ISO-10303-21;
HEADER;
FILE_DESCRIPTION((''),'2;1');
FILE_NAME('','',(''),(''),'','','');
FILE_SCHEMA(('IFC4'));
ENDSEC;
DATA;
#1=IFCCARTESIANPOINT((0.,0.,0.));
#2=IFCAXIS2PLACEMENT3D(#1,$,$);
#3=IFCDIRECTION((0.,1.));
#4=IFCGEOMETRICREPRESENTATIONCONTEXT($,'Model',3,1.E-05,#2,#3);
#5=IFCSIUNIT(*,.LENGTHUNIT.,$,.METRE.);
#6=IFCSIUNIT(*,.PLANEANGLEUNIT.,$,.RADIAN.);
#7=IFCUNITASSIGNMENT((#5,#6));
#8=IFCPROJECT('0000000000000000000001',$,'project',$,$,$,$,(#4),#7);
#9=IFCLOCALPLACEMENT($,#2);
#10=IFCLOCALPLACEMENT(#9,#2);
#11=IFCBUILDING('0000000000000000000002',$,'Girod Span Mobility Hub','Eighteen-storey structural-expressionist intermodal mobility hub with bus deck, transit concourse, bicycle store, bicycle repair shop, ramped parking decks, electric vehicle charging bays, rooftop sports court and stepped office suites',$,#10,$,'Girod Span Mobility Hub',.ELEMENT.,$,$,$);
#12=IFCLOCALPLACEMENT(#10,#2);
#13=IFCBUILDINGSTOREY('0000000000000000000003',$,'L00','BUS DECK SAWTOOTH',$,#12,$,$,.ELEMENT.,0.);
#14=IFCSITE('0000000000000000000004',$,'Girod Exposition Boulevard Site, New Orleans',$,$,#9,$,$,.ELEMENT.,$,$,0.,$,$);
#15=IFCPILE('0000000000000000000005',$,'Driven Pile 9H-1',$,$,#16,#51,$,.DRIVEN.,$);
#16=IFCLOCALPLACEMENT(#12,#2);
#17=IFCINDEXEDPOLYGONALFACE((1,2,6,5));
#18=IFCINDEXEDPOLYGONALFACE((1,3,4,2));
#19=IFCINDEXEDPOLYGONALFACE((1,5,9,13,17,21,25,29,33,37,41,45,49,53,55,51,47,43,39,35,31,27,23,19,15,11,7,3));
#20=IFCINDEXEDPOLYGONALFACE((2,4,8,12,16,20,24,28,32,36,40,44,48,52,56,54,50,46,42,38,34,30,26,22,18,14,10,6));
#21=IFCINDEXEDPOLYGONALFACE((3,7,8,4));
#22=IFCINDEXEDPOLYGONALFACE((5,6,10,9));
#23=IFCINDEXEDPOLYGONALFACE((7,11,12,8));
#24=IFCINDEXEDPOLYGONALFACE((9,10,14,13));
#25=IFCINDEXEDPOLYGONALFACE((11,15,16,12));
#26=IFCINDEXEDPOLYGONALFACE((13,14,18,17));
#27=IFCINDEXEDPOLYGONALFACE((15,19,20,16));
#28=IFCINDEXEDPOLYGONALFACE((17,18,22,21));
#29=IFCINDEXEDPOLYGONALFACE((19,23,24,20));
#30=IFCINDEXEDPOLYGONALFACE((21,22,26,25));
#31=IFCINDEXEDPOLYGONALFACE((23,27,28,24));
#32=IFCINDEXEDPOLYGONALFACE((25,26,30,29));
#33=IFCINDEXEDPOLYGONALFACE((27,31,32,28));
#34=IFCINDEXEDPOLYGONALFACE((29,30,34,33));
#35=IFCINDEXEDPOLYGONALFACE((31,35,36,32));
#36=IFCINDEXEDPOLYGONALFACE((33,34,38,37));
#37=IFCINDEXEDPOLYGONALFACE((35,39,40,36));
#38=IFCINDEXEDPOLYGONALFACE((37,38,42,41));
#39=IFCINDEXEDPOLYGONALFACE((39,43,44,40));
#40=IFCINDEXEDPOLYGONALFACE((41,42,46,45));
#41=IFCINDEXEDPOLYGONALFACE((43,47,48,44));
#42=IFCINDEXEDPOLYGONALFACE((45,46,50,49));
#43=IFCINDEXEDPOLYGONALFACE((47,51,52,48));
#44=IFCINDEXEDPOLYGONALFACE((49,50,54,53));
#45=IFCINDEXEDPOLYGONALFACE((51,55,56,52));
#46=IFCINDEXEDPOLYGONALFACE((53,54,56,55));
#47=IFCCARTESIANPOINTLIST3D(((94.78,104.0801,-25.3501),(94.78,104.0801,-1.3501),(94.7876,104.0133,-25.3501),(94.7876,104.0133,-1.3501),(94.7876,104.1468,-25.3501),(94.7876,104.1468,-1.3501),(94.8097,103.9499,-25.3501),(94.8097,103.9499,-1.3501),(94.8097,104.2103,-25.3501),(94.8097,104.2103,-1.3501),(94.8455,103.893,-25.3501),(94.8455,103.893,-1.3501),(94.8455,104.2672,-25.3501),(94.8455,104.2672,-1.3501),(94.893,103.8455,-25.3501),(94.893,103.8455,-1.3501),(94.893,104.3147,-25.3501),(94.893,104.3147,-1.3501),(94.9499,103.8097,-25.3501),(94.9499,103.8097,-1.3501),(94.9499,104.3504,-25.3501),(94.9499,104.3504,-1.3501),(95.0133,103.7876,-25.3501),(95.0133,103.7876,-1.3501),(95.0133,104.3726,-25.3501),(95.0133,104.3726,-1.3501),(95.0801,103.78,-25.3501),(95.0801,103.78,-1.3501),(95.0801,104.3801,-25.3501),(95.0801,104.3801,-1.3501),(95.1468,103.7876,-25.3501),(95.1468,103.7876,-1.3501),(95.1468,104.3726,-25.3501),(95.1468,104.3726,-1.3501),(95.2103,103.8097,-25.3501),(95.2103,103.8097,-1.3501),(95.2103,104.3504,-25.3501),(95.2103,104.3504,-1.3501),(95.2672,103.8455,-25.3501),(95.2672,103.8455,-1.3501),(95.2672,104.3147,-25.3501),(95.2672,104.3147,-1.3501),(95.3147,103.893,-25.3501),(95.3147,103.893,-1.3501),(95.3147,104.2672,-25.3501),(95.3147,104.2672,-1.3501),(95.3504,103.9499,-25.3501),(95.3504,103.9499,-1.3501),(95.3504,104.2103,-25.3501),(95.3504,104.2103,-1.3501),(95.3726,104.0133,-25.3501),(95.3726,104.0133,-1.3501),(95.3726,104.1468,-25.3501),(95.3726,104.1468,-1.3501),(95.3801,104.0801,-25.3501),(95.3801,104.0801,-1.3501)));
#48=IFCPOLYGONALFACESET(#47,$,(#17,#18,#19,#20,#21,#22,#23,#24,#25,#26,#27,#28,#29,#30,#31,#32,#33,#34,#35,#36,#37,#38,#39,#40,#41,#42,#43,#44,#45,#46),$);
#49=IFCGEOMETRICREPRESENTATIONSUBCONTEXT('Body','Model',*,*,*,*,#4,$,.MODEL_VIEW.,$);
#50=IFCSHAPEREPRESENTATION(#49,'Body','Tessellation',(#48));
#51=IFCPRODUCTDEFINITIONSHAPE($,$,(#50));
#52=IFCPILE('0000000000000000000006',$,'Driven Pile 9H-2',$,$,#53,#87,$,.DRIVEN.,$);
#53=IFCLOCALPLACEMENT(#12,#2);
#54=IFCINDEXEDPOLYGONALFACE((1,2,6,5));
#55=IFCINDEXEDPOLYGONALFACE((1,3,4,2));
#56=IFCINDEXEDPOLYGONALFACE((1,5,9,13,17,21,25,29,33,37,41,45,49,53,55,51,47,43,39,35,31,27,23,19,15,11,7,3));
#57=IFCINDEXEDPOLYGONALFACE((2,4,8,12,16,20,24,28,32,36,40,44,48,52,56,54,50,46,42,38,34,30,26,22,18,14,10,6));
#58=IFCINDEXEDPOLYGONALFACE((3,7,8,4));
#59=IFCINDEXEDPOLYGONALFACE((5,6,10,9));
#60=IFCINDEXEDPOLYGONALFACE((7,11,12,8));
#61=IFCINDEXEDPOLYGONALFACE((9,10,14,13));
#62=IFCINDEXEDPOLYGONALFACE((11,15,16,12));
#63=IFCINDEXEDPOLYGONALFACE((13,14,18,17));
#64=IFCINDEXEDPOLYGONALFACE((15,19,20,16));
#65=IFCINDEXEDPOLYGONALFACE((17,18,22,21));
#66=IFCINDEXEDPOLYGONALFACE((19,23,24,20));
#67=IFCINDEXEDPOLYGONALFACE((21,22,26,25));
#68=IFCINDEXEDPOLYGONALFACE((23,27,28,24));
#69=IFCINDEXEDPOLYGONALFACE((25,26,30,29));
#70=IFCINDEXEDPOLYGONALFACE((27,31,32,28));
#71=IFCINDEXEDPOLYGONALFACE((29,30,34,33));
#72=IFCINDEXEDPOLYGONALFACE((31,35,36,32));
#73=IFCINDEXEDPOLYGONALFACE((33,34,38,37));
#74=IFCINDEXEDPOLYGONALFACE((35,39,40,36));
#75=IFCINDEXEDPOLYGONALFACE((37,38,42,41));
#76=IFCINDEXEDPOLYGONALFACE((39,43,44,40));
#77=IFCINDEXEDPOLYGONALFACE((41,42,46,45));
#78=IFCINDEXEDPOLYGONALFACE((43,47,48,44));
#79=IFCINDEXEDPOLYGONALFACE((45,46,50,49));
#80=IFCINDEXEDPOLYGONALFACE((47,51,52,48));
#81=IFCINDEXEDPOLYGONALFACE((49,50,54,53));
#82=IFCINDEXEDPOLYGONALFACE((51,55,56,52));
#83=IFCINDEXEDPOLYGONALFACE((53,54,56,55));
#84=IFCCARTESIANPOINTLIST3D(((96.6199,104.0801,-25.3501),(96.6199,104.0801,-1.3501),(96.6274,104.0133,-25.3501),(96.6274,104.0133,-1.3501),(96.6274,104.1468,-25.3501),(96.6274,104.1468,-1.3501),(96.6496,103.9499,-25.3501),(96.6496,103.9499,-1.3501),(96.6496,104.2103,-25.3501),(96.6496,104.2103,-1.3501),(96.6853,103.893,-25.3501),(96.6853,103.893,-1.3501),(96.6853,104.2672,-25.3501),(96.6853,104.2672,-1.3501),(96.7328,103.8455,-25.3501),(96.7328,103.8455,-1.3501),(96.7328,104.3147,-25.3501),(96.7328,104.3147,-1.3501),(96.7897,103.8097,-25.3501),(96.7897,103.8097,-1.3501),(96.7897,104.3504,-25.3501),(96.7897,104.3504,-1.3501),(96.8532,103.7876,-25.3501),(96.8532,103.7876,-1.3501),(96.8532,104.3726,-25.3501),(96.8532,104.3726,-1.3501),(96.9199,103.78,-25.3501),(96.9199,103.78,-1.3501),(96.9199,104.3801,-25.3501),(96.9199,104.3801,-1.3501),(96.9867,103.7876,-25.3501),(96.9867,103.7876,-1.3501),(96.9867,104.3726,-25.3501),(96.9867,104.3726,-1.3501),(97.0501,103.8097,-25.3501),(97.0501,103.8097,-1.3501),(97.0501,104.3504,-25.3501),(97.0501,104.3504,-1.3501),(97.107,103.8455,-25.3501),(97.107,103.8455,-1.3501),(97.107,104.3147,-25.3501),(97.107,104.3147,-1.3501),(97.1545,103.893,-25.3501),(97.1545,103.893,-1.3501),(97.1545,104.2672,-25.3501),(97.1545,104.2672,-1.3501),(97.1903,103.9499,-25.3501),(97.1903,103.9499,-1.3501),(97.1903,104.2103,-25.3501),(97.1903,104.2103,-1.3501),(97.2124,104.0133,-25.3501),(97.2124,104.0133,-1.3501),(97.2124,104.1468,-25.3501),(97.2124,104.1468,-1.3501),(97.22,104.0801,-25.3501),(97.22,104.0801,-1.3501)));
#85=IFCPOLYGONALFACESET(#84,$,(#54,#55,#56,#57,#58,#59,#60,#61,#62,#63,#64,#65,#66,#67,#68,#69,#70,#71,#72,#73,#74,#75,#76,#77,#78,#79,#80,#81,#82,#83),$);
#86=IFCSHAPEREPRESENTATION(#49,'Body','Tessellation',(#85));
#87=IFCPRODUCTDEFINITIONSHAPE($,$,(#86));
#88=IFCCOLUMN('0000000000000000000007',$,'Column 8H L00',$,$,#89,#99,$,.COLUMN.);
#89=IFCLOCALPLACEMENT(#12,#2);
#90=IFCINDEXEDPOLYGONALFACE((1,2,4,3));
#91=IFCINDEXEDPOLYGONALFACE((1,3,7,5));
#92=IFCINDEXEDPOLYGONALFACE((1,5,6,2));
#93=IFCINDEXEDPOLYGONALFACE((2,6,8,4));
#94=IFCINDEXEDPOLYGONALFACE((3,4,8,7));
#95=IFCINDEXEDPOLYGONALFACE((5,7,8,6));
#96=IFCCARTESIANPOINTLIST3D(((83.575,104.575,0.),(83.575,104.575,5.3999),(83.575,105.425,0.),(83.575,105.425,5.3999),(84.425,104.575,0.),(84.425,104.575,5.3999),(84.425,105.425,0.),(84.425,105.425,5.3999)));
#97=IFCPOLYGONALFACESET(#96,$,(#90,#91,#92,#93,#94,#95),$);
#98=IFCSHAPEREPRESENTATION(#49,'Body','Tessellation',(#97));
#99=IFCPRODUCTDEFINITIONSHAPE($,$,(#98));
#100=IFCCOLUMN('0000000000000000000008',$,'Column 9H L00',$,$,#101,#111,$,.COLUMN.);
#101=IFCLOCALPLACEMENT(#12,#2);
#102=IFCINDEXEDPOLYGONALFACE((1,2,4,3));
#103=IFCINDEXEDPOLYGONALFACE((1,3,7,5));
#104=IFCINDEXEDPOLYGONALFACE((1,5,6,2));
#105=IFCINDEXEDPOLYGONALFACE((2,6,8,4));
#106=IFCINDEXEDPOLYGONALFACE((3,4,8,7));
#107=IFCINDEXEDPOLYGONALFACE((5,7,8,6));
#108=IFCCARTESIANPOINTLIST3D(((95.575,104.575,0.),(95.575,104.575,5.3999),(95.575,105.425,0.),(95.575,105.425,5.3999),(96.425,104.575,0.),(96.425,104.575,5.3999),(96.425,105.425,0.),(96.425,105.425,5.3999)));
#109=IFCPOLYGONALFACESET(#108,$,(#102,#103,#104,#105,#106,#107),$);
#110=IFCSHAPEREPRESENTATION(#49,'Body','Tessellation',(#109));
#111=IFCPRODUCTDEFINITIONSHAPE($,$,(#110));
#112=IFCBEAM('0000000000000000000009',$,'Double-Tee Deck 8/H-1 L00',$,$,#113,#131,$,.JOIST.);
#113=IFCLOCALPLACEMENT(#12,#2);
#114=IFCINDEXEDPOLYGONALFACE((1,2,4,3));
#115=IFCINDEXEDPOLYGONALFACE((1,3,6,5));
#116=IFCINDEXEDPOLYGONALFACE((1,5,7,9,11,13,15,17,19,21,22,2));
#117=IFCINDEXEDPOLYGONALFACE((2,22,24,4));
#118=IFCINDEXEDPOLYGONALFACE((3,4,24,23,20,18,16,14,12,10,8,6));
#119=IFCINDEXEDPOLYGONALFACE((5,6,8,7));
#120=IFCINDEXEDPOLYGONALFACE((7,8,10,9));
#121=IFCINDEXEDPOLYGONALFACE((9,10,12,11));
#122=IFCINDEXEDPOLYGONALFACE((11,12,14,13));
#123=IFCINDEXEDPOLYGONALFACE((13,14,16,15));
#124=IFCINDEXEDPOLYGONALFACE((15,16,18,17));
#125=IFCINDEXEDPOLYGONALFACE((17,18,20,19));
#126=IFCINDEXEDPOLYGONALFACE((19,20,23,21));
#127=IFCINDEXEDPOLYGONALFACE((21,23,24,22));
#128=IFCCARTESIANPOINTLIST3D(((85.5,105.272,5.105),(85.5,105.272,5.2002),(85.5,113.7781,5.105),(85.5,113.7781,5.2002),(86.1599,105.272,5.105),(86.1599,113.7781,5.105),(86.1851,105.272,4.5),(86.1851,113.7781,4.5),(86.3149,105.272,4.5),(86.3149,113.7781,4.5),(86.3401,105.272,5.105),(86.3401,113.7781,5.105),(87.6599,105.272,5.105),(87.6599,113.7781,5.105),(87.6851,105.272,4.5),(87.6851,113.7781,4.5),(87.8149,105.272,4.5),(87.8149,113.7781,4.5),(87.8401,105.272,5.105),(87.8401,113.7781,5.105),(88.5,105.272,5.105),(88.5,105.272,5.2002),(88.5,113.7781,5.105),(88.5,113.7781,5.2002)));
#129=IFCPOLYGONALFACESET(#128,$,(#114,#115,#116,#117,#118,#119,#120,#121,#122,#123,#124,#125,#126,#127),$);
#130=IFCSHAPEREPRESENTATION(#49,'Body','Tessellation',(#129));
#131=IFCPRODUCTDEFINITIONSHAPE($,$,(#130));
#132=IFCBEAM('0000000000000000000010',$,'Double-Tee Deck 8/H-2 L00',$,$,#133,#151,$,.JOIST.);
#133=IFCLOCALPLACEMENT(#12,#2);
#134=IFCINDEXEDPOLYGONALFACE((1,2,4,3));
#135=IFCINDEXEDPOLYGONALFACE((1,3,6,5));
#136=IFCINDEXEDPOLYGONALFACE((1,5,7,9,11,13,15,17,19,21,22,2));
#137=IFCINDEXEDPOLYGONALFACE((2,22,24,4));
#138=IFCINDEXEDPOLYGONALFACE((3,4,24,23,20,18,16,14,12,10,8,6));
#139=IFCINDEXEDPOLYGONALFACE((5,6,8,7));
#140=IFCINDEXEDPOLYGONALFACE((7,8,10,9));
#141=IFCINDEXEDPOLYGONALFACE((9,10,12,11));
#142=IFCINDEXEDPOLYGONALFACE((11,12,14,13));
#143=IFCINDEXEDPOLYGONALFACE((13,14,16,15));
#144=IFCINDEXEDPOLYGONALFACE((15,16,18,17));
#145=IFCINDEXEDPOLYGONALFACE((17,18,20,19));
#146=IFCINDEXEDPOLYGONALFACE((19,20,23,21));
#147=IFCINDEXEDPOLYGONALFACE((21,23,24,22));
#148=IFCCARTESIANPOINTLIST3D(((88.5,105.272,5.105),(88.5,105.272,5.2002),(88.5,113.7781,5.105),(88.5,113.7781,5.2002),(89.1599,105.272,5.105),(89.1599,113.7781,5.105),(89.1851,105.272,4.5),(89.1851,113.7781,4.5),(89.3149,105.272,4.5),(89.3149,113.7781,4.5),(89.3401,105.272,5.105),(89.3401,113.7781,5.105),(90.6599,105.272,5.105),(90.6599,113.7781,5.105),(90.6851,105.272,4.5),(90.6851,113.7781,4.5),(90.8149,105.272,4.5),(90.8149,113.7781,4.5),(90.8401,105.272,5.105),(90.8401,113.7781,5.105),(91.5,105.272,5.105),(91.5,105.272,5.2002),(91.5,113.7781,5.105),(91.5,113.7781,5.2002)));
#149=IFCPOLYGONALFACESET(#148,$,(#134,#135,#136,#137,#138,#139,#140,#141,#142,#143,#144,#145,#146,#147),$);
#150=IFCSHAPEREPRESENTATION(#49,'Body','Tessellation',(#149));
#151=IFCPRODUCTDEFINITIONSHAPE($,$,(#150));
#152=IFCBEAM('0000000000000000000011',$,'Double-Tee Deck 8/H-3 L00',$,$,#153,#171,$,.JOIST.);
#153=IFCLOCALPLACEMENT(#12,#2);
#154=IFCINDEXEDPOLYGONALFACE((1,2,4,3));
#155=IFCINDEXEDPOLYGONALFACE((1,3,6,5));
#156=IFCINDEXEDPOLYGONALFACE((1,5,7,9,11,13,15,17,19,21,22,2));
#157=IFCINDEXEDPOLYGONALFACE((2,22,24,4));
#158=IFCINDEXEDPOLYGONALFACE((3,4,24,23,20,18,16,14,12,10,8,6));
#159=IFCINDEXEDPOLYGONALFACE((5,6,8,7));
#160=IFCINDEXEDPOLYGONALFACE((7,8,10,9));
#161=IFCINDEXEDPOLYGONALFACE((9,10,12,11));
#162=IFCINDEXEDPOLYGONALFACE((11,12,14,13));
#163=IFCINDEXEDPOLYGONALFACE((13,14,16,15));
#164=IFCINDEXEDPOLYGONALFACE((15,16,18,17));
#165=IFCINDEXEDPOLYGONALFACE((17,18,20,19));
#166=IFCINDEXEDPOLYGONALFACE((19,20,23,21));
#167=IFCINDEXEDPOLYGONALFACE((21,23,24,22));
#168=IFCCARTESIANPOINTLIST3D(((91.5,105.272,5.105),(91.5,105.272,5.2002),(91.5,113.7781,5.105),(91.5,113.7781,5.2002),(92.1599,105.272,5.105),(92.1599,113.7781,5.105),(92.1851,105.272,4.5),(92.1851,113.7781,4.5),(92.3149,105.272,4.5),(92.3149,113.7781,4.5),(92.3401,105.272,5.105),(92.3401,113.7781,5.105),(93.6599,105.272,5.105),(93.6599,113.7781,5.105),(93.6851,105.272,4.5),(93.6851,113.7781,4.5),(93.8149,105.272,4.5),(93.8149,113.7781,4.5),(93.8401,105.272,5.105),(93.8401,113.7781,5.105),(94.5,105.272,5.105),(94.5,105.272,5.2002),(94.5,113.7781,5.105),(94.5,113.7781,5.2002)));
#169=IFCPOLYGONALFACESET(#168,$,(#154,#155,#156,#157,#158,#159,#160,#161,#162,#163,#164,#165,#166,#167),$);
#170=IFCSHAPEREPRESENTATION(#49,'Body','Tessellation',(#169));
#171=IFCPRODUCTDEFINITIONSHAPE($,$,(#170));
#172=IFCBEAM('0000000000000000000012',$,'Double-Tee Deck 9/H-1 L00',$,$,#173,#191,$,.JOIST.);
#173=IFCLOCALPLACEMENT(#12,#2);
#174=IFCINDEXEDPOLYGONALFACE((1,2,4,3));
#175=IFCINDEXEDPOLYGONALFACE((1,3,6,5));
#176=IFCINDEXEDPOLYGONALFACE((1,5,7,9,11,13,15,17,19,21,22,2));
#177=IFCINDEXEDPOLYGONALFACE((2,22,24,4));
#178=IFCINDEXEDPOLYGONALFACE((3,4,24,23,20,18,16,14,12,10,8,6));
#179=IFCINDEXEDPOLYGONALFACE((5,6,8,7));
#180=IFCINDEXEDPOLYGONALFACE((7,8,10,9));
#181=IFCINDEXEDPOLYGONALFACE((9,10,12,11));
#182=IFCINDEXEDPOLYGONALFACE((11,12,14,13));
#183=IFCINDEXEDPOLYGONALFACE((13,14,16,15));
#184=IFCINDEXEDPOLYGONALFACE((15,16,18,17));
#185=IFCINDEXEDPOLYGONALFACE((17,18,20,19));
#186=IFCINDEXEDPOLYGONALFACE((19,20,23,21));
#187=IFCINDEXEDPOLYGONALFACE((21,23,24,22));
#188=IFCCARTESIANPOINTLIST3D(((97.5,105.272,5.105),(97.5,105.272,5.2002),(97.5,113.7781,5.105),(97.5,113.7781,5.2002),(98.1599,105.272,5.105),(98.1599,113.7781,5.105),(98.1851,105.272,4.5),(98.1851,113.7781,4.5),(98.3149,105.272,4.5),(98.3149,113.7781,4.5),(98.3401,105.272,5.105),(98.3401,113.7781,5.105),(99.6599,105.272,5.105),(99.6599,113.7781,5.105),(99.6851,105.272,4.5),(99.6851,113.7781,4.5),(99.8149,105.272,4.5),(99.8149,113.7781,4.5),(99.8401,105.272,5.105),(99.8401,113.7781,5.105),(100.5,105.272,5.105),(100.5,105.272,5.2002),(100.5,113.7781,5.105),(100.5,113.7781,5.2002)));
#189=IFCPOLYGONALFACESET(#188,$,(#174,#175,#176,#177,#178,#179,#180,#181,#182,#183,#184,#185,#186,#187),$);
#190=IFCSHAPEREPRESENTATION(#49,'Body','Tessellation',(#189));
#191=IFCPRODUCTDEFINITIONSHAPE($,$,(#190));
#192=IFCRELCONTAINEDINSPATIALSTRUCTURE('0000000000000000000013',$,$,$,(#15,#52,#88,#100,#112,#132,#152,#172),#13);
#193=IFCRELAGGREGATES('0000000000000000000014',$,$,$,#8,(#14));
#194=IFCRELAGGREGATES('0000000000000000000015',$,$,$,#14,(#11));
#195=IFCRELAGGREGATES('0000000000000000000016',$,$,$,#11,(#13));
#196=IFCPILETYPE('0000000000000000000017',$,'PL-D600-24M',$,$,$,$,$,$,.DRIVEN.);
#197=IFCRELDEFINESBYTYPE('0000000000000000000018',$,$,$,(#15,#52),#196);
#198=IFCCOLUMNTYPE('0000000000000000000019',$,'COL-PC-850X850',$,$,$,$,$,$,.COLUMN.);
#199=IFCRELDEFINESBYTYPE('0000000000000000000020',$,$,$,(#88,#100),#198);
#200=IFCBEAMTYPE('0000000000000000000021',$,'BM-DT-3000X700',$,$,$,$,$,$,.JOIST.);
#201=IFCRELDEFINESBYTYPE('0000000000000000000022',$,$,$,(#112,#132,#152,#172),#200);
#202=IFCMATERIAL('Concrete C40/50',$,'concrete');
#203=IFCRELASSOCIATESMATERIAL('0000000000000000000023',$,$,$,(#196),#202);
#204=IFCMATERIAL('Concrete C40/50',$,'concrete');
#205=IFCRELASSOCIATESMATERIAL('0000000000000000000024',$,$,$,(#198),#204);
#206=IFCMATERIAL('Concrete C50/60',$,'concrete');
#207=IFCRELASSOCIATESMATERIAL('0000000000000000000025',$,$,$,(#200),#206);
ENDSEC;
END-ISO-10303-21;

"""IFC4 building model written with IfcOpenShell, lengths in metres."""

from ifc_helpers import new_model, si_unit, direction, frame, origin, origin_2d, place, context, subcontext, project, spatial, polyline, rectangle, circle, outline, extrude, material, material_profile, profile_set, type_object, element, save


model = new_model("IFC4")

# Units and contexts
model_context = context("Model", 3, precision=1e-05, world=origin(), true_north=direction((0.0, 1.0)))
body_context = subcontext(model_context, "Body", "Model", "MODEL_VIEW")
ifc_project = project(units=[si_unit("LENGTHUNIT", "METRE"), si_unit("PLANEANGLEUNIT", "RADIAN")], contexts=[model_context])

# Site, building, storey
site_placement = place(None, origin())
site = spatial("IfcSite", under=ifc_project, at=site_placement, Name="Girod Exposition Boulevard Site, New Orleans", CompositionType="ELEMENT", RefElevation=0.0)
building_placement = place(site_placement, origin())
building = spatial("IfcBuilding", under=site, at=building_placement, Name="Girod Span Mobility Hub", Description="Eighteen-storey structural-expressionist intermodal mobility hub with bus deck, transit concourse, bicycle store, bicycle repair shop, ramped parking decks, electric vehicle charging bays, rooftop sports court and stepped office suites", LongName="Girod Span Mobility Hub", CompositionType="ELEMENT")
storey_placement = place(building_placement, origin())
storey = spatial("IfcBuildingStorey", under=building, at=storey_placement, Name="L00", Description="BUS DECK SAWTOOTH", CompositionType="ELEMENT", Elevation=0.0)

# Piles
ifc_material_1 = material(Name="Concrete C40/50", Category="concrete")
ifc_material_profile_1 = material_profile(ifc_material_1, circle(Radius=0.3, at=origin_2d()), Name="PILE-D600")
ifc_profile_set_1 = profile_set([ifc_material_profile_1], Name="Concrete C40/50")
pile_type = type_object("IfcPileType", Name="PL-D600-24M", PredefinedType="DRIVEN", material=ifc_profile_set_1)
for number, where, z_axis, x_axis, name in (
    (1, (95.0801, 104.0801, -1.3501), (0.0, 0.0, -1.0), (1.0, 0.0, 0.0), "Driven Pile 9H-1"),
    (2, (96.9199, 104.0801, -1.3501), (0.0, 0.0, -1.0), (1.0, 0.0, 0.0), "Driven Pile 9H-2"),
):
    element("IfcPile", number, at=place(storey_placement, frame(where, z_axis=z_axis, x_axis=x_axis)), inside=storey, type_object=pile_type, Name=name, PredefinedType="DRIVEN", context=body_context, shape_type="SweptSolid", body=[
        extrude(circle(Radius=0.3, at=origin_2d()), origin(), (0.0, 0.0, 1.0), 24.0),
    ])

# Columns
ifc_material_2 = material(Name="Concrete C40/50", Category="concrete")
ifc_material_profile_2 = material_profile(ifc_material_2, rectangle(XDim=0.8501, YDim=0.8501, at=origin_2d()), Name="PC-COL-850X850")
ifc_profile_set_2 = profile_set([ifc_material_profile_2], Name="Concrete C40/50")
column_type = type_object("IfcColumnType", Name="COL-PC-850X850", PredefinedType="COLUMN", material=ifc_profile_set_2)
for number, where, z_axis, x_axis, name in (
    (3, (84.0, 105.0, 0.0), (0.0, 0.0, 1.0), (1.0, 0.0, 0.0), "Column 8H L00"),
    (4, (96.0, 105.0, 0.0), (0.0, 0.0, 1.0), (1.0, 0.0, 0.0), "Column 9H L00"),
):
    element("IfcColumn", number, at=place(storey_placement, frame(where, z_axis=z_axis, x_axis=x_axis)), inside=storey, type_object=column_type, Name=name, PredefinedType="COLUMN", context=body_context, shape_type="SweptSolid", body=[
        extrude(rectangle(XDim=0.8501, YDim=0.8501, at=origin_2d()), origin(), (0.0, 0.0, 1.0), 5.3999),
    ])

# Beams
ifc_material_3 = material(Name="Concrete C50/60", Category="concrete")
ifc_material_profile_3 = material_profile(ifc_material_3, outline(polyline([(-1.5, 0.3501), (-1.5, 0.2549), (-0.8401, 0.2549), (-0.8149, -0.3501), (-0.6851, -0.3501), (-0.6599, 0.2549), (0.6599, 0.2549), (0.6851, -0.3501), (0.8149, -0.3501), (0.8401, 0.2549), (1.5, 0.2549), (1.5, 0.3501), (-1.5, 0.3501)])), Name="DT-3000X700")
ifc_profile_set_3 = profile_set([ifc_material_profile_3], Name="Concrete C50/60")
beam_type_1 = type_object("IfcBeamType", Name="BM-DT-3000X700", PredefinedType="JOIST", material=ifc_profile_set_3)
for number, where, z_axis, x_axis, name in (
    (5, (87.0, 105.272, 4.8501), (0.0, 1.0, 0.0), (-1.0, 0.0, 0.0), "Double-Tee Deck 8/H-1 L00"),
    (6, (90.0, 105.272, 4.8501), (0.0, 1.0, 0.0), (-1.0, 0.0, 0.0), "Double-Tee Deck 8/H-2 L00"),
    (7, (93.0, 105.272, 4.8501), (0.0, 1.0, 0.0), (-1.0, 0.0, 0.0), "Double-Tee Deck 8/H-3 L00"),
    (8, (99.0, 105.272, 4.8501), (0.0, 1.0, 0.0), (-1.0, 0.0, 0.0), "Double-Tee Deck 9/H-1 L00"),
):
    element("IfcBeam", number, at=place(storey_placement, frame(where, z_axis=z_axis, x_axis=x_axis)), inside=storey, type_object=beam_type_1, Name=name, PredefinedType="JOIST", context=body_context, shape_type="SweptSolid", body=[
        extrude(outline(polyline([(-1.5, 0.3501), (-1.5, 0.2549), (-0.8401, 0.2549), (-0.8149, -0.3501), (-0.6851, -0.3501), (-0.6599, 0.2549), (0.6599, 0.2549), (0.6851, -0.3501), (0.8149, -0.3501), (0.8401, 0.2549), (1.5, 0.2549), (1.5, 0.3501), (-1.5, 0.3501)])), origin(), (0.0, 0.0, 1.0), 8.5061),
    ])

save(model, "model.ifc")
